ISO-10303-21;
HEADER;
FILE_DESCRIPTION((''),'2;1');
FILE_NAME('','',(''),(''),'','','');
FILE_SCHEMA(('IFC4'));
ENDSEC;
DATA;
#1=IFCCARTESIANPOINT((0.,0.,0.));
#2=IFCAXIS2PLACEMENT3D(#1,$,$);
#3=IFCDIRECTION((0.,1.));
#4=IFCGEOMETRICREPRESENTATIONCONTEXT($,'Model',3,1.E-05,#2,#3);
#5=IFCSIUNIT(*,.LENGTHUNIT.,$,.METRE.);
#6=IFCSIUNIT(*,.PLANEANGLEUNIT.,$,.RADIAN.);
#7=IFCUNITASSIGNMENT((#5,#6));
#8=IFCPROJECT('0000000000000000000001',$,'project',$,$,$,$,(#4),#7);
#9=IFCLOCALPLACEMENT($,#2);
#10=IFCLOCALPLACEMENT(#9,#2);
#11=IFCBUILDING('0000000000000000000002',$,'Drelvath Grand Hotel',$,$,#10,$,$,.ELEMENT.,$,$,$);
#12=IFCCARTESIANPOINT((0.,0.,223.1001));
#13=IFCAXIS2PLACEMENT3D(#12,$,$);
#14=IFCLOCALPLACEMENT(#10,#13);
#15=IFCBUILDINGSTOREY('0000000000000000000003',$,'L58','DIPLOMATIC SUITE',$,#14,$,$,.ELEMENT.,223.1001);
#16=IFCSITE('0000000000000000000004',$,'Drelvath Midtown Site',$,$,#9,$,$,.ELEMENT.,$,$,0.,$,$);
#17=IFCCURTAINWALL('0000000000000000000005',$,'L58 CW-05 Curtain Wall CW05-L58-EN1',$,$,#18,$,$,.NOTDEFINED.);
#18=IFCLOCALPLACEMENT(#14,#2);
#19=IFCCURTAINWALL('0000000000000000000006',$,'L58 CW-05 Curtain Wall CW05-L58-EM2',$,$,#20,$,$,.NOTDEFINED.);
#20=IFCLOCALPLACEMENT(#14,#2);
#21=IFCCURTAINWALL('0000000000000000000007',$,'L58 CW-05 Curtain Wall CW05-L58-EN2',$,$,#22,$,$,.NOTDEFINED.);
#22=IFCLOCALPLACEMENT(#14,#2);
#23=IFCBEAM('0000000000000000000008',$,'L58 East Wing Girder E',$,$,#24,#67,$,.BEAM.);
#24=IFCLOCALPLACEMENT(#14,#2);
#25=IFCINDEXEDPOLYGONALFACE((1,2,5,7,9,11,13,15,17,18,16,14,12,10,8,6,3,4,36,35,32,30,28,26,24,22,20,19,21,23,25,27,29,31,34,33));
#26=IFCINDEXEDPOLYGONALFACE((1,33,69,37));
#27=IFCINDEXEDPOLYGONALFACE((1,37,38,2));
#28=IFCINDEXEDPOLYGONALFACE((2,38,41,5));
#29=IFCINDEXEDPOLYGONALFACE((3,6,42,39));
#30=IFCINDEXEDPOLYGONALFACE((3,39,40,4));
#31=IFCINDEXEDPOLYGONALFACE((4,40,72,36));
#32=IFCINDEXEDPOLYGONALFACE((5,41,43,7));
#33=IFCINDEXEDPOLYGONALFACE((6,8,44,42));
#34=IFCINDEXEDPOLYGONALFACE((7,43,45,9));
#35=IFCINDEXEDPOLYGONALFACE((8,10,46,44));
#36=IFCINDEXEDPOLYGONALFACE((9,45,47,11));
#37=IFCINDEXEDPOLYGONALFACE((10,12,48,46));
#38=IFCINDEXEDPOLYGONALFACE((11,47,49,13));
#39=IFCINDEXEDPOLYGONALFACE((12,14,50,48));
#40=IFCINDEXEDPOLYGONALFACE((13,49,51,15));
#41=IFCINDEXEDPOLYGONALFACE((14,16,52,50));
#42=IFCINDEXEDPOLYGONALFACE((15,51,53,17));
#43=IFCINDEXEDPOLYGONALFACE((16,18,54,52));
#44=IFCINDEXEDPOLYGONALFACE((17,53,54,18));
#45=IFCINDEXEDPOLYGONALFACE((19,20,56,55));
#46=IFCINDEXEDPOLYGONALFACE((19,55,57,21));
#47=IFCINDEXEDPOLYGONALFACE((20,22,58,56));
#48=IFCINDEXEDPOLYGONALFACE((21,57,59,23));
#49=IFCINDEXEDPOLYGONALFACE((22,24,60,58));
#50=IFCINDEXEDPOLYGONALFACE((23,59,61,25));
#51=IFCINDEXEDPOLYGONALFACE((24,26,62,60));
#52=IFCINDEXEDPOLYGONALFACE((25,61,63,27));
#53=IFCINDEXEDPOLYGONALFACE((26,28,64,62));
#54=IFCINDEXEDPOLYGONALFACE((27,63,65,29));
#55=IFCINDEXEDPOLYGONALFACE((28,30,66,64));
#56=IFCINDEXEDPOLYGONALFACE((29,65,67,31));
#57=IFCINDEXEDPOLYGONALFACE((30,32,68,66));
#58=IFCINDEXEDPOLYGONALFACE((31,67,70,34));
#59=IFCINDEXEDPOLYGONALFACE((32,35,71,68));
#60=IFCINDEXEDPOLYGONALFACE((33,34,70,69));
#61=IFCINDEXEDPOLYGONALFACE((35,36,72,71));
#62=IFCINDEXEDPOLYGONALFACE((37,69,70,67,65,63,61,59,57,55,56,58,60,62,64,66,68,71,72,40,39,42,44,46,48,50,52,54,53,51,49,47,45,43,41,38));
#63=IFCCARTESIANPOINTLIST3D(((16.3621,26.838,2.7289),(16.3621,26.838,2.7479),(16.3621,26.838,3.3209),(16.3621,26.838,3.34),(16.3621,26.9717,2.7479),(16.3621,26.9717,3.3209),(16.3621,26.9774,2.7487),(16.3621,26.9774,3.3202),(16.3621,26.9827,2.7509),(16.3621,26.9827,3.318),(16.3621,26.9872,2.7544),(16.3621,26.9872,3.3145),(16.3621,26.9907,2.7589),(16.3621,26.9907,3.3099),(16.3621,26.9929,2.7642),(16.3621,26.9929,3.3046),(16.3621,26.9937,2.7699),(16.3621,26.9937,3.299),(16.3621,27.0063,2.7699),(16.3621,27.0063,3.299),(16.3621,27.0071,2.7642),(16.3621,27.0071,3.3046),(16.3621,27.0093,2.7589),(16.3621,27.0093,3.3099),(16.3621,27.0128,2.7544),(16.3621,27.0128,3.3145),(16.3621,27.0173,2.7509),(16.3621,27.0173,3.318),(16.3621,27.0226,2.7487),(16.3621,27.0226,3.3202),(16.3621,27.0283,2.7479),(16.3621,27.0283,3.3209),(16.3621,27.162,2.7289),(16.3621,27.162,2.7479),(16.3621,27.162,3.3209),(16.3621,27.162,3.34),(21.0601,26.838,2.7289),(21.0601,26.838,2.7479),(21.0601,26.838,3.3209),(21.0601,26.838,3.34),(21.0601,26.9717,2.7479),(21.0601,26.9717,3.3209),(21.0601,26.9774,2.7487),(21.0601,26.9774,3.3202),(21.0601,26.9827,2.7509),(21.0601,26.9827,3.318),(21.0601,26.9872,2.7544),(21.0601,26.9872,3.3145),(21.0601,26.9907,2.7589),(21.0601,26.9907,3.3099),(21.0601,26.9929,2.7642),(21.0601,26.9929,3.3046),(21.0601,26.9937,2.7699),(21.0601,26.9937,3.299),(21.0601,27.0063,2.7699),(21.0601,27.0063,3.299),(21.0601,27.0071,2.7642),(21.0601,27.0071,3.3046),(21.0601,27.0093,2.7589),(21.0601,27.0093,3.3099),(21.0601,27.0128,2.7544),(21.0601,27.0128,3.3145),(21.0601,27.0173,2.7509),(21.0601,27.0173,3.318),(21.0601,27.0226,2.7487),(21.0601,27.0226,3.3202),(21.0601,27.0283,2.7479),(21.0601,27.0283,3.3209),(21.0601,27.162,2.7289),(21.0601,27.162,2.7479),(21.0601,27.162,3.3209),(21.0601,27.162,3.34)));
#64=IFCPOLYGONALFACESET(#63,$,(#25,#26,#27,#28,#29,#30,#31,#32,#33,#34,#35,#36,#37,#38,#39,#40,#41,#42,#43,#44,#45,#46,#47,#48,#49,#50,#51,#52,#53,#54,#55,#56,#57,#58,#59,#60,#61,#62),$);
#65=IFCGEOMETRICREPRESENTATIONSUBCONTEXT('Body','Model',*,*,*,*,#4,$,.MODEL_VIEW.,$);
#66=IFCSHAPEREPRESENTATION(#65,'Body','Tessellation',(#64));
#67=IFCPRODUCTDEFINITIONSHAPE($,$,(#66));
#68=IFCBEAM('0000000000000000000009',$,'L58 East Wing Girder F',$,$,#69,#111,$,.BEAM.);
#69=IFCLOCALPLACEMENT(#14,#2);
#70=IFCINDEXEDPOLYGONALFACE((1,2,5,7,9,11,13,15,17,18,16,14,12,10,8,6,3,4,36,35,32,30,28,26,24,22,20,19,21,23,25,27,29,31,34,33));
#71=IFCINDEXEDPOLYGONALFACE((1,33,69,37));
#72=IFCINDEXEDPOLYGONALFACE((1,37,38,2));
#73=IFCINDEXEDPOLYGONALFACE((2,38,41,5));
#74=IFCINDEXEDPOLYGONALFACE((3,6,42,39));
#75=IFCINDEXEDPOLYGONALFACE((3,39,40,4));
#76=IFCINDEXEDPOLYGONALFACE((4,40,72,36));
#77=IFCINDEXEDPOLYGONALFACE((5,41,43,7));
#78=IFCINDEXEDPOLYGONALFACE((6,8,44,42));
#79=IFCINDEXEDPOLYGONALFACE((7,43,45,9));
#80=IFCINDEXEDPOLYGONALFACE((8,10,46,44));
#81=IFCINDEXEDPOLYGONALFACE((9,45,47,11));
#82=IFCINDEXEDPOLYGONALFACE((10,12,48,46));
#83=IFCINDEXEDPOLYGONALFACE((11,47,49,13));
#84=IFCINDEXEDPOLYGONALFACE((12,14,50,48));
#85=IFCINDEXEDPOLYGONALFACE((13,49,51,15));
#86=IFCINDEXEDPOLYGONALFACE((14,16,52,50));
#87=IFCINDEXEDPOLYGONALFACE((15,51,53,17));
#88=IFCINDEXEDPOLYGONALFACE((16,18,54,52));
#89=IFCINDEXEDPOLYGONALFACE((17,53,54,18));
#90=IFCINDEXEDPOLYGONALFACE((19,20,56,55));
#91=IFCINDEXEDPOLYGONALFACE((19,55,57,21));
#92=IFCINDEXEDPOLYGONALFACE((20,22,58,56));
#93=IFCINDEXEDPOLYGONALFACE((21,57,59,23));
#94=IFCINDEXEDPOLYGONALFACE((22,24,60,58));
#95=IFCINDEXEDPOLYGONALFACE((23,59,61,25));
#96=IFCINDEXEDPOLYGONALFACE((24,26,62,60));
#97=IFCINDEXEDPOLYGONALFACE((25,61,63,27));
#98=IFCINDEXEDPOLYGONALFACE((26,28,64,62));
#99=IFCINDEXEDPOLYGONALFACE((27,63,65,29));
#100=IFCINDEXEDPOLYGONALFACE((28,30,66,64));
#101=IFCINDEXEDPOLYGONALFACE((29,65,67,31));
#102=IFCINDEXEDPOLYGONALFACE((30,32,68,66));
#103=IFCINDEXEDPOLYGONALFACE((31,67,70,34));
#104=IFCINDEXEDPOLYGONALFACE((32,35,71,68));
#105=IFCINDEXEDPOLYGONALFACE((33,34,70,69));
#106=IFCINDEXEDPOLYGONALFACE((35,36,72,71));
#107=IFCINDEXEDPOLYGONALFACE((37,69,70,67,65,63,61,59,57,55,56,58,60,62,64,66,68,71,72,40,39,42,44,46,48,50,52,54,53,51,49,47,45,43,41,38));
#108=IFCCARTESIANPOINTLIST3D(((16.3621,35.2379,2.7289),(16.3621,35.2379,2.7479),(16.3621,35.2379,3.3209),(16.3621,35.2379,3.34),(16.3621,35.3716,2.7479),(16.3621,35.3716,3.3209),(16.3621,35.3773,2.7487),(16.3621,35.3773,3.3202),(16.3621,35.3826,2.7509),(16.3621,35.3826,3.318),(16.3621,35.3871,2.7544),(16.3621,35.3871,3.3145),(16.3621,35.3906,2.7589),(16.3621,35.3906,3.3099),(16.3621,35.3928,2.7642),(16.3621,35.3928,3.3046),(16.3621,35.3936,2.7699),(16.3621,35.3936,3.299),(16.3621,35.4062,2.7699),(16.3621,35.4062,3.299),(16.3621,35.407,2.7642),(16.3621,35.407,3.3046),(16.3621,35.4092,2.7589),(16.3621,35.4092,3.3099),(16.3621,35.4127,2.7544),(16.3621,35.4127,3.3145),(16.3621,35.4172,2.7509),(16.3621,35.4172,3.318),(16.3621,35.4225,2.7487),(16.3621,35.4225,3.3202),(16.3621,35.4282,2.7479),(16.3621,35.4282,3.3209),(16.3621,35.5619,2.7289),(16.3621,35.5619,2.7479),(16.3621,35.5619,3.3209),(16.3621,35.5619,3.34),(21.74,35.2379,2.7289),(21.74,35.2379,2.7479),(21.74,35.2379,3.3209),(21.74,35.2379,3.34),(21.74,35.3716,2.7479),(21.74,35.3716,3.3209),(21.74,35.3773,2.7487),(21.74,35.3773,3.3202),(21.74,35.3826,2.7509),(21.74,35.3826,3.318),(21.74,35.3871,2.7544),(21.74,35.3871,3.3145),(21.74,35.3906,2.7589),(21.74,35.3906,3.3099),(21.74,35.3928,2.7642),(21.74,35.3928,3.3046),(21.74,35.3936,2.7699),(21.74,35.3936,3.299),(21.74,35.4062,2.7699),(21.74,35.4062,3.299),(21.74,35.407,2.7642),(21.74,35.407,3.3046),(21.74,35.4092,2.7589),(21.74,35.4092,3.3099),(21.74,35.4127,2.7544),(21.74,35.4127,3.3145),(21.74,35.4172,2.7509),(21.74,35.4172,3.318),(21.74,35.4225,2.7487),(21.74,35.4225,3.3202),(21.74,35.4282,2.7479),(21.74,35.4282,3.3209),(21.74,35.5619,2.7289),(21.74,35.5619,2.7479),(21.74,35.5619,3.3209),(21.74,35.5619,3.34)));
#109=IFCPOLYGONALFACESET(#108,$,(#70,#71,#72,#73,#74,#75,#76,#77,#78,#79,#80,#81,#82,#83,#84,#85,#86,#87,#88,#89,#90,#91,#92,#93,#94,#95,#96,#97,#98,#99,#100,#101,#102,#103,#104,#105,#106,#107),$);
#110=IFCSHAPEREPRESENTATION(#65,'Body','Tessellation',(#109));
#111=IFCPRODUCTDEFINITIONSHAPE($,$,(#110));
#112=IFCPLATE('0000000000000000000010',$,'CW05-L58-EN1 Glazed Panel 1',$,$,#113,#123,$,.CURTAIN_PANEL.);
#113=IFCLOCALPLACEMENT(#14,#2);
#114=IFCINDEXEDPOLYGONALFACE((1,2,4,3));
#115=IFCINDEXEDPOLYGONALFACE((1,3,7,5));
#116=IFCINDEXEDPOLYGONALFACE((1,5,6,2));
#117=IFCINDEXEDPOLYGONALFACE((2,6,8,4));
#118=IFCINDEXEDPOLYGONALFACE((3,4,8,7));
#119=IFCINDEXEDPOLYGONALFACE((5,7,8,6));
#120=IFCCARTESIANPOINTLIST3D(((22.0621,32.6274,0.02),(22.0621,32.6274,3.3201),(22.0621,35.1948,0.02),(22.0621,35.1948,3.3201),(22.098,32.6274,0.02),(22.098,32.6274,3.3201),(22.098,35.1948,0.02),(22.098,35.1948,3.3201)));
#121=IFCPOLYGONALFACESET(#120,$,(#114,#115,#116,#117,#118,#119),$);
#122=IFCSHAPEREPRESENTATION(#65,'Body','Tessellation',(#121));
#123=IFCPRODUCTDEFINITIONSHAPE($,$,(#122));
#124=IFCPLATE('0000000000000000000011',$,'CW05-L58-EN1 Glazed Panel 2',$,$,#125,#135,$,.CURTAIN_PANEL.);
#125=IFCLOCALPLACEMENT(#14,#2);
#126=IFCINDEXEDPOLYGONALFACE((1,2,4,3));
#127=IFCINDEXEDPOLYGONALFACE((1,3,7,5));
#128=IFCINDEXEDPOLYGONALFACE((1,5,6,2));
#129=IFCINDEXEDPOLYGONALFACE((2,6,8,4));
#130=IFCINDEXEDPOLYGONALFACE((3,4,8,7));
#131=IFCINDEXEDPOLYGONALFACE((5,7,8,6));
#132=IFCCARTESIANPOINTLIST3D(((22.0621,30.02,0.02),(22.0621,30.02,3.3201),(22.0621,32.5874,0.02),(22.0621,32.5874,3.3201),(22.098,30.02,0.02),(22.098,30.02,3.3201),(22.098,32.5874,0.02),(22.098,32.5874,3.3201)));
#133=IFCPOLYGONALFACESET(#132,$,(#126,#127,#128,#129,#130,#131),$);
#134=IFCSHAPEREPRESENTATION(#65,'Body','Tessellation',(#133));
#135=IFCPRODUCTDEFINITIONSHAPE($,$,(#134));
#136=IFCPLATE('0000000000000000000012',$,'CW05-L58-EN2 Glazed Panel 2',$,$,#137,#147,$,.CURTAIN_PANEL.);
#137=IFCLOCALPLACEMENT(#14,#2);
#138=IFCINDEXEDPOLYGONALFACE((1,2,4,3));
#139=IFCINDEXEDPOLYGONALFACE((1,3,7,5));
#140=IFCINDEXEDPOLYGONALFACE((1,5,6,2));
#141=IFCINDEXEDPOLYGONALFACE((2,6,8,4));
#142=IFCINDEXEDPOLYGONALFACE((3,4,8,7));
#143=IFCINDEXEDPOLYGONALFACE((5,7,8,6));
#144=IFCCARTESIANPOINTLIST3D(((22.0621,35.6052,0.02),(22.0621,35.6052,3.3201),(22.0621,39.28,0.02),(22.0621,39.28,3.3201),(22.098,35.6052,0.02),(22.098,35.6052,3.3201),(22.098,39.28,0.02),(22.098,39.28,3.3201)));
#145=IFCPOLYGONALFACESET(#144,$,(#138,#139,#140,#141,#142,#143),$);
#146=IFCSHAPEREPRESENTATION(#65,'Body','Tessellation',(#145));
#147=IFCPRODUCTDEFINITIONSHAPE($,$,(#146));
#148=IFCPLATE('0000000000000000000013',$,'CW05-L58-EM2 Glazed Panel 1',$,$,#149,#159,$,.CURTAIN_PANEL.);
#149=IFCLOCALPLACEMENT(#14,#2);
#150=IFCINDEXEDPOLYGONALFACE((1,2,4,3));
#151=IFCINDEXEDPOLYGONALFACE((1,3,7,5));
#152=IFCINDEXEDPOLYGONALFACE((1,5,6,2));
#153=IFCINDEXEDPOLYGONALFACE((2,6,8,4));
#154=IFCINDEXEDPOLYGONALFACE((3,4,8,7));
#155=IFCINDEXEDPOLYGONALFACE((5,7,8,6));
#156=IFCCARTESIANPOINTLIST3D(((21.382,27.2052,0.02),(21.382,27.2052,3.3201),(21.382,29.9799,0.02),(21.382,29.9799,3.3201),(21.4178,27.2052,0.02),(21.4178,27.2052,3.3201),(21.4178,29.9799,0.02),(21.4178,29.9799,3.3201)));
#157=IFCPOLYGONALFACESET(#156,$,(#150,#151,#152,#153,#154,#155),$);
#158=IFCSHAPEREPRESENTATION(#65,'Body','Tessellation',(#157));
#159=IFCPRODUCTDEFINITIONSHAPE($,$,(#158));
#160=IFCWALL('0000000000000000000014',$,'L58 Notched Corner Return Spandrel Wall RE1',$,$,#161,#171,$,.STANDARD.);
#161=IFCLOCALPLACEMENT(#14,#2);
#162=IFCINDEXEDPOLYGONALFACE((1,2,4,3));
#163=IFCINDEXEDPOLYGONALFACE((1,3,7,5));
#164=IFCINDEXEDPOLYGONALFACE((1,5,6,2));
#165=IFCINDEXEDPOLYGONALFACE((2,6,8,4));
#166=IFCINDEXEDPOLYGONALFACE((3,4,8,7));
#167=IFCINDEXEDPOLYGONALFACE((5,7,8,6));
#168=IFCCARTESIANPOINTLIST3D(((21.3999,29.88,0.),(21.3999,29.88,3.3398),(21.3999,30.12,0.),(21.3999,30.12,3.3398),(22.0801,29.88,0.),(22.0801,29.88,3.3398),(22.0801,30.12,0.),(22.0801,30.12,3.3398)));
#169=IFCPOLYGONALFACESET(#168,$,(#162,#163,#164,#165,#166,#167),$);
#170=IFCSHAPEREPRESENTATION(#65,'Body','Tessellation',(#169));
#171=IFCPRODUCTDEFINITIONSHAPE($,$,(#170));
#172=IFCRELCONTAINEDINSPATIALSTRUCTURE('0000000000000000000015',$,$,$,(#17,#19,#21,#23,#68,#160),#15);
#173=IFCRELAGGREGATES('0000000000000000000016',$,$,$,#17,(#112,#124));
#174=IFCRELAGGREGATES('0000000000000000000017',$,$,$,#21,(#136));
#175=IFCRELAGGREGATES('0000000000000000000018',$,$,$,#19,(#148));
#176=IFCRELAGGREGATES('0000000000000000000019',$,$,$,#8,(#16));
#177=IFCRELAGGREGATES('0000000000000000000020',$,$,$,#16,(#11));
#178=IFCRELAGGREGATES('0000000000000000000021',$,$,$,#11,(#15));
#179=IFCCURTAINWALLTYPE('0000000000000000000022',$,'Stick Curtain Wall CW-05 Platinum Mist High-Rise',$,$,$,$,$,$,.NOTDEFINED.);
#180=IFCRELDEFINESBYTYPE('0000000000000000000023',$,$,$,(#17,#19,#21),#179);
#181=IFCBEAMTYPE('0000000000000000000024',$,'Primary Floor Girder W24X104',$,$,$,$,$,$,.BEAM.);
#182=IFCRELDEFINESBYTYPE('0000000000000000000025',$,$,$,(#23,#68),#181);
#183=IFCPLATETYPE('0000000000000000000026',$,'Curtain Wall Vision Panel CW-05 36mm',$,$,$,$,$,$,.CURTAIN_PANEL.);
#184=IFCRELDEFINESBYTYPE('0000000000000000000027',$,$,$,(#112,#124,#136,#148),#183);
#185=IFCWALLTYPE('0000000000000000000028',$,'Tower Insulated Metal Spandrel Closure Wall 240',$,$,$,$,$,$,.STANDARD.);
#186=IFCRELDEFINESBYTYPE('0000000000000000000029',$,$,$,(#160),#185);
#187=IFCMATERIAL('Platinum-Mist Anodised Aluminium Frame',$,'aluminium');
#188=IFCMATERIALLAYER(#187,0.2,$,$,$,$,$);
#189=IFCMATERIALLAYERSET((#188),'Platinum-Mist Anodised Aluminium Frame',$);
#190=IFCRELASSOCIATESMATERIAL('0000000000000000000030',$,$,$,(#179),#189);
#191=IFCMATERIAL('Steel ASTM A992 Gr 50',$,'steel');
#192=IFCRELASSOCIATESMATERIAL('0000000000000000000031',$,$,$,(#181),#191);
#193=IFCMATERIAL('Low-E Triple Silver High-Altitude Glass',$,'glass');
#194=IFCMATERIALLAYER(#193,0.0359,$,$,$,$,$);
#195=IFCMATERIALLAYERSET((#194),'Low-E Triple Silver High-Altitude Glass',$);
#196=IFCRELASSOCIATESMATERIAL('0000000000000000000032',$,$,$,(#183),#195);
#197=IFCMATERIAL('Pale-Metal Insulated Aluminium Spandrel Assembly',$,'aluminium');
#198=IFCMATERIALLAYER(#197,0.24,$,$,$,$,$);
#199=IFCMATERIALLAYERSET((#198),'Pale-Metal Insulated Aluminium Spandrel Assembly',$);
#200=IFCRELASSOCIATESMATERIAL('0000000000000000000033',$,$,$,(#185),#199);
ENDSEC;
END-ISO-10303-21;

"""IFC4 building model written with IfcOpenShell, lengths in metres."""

from ifc_helpers import new_model, si_unit, direction, frame, frame_2d, origin, origin_2d, place, context, subcontext, project, spatial, rectangle, i_section, extrude, material, layer, layer_set, material_profile, profile_set, type_object, element, aggregate, save


model = new_model("IFC4")

# Units and contexts
model_context = context("Model", 3, precision=1e-05, world=origin(), true_north=direction((0.0, 1.0)))
body_context = subcontext(model_context, "Body", "Model", "MODEL_VIEW")
ifc_project = project(units=[si_unit("LENGTHUNIT", "METRE"), si_unit("PLANEANGLEUNIT", "RADIAN")], contexts=[model_context])

# Site, building, storey
site_placement = place(None, origin())
site = spatial("IfcSite", under=ifc_project, at=site_placement, Name="Drelvath Midtown Site", CompositionType="ELEMENT", RefElevation=0.0)
building_placement = place(site_placement, origin())
building = spatial("IfcBuilding", under=site, at=building_placement, Name="Drelvath Grand Hotel", CompositionType="ELEMENT")
storey_placement = place(building_placement, frame((0.0, 0.0, 223.1001)))
storey = spatial("IfcBuildingStorey", under=building, at=storey_placement, Name="L58", Description="DIPLOMATIC SUITE", CompositionType="ELEMENT", Elevation=223.1001)

# Curtain walls
ifc_material_1 = material(Name="Platinum-Mist Anodised Aluminium Frame", Category="aluminium")
ifc_layer_1 = layer(ifc_material_1, 0.2)
ifc_layer_set_1 = layer_set([ifc_layer_1], Name="Platinum-Mist Anodised Aluminium Frame")
curtain_wall_type = type_object("IfcCurtainWallType", Name="Stick Curtain Wall CW-05 Platinum Mist High-Rise", PredefinedType="NOTDEFINED", material=ifc_layer_set_1)
curtain_wall_1_placement = place(storey_placement, origin())
curtain_wall_1 = element("IfcCurtainWall", 1, at=curtain_wall_1_placement, inside=storey, type_object=curtain_wall_type, Name="L58 CW-05 Curtain Wall CW05-L58-EN1", PredefinedType="NOTDEFINED")
curtain_wall_2_placement = place(storey_placement, origin())
curtain_wall_2 = element("IfcCurtainWall", 2, at=curtain_wall_2_placement, inside=storey, type_object=curtain_wall_type, Name="L58 CW-05 Curtain Wall CW05-L58-EM2", PredefinedType="NOTDEFINED")

# Curtain wall
curtain_wall_3_placement = place(storey_placement, origin())
curtain_wall_3 = element("IfcCurtainWall", 3, at=curtain_wall_3_placement, inside=storey, type_object=curtain_wall_type, Name="L58 CW-05 Curtain Wall CW05-L58-EN2", PredefinedType="NOTDEFINED")

# Beams
ifc_material_2 = material(Name="Steel ASTM A992 Gr 50", Category="steel")
ifc_material_profile_1 = material_profile(ifc_material_2, i_section(OverallWidth=0.324, OverallDepth=0.6111, WebThickness=0.0127, FlangeThickness=0.019, FilletRadius=0.022, at=origin_2d()), Name="W24X104")
ifc_profile_set_1 = profile_set([ifc_material_profile_1], Name="Steel ASTM A992 Gr 50")
beam_type_1 = type_object("IfcBeamType", Name="Primary Floor Girder W24X104", PredefinedType="BEAM", material=ifc_profile_set_1)
beam_1_placement = place(storey_placement, frame((16.3621, 27.0, 3.0344), z_axis=(1.0, 0.0, 0.0), x_axis=(0.0, 1.0, 0.0)))
element("IfcBeam", 4, at=beam_1_placement, inside=storey, type_object=beam_type_1, Name="L58 East Wing Girder E", PredefinedType="BEAM", context=body_context, shape_type="SweptSolid", body=[
    extrude(i_section(OverallWidth=0.324, OverallDepth=0.6111, WebThickness=0.0127, FlangeThickness=0.019, FilletRadius=0.022, at=origin_2d()), origin(), (0.0, 0.0, 1.0), 4.698),
])
beam_2_placement = place(storey_placement, frame((16.3621, 35.3999, 3.0344), z_axis=(1.0, 0.0, 0.0), x_axis=(0.0, 1.0, 0.0)))
element("IfcBeam", 5, at=beam_2_placement, inside=storey, type_object=beam_type_1, Name="L58 East Wing Girder F", PredefinedType="BEAM", context=body_context, shape_type="SweptSolid", body=[
    extrude(i_section(OverallWidth=0.324, OverallDepth=0.6111, WebThickness=0.0127, FlangeThickness=0.019, FilletRadius=0.022, at=origin_2d()), origin(), (0.0, 0.0, 1.0), 5.3779),
])

# Plates
ifc_material_3 = material(Name="Low-E Triple Silver High-Altitude Glass", Category="glass")
ifc_layer_2 = layer(ifc_material_3, 0.0359)
ifc_layer_set_2 = layer_set([ifc_layer_2], Name="Low-E Triple Silver High-Altitude Glass")
plate_type = type_object("IfcPlateType", Name="Curtain Wall Vision Panel CW-05 36mm", PredefinedType="CURTAIN_PANEL", material=ifc_layer_set_2)
plate_1_placement = place(storey_placement, frame((22.0801, 33.9111, 0.02), z_axis=(0.0, 0.0, 1.0), x_axis=(0.0, -1.0, 0.0)))
plate_1 = element("IfcPlate", 6, at=plate_1_placement, type_object=plate_type, Name="CW05-L58-EN1 Glazed Panel 1", PredefinedType="CURTAIN_PANEL", context=body_context, shape_type="SweptSolid", body=[
    extrude(rectangle(XDim=2.5674, YDim=0.0359, at=origin_2d()), origin(), (0.0, 0.0, 1.0), 3.3),
])
plate_2_placement = place(storey_placement, frame((22.0801, 31.3037, 0.02), z_axis=(0.0, 0.0, 1.0), x_axis=(0.0, -1.0, 0.0)))
plate_2 = element("IfcPlate", 7, at=plate_2_placement, type_object=plate_type, Name="CW05-L58-EN1 Glazed Panel 2", PredefinedType="CURTAIN_PANEL", context=body_context, shape_type="SweptSolid", body=[
    extrude(rectangle(XDim=2.5674, YDim=0.0359, at=origin_2d()), origin(), (0.0, 0.0, 1.0), 3.3),
])
aggregate(curtain_wall_1, [plate_1, plate_2])
plate_3_placement = place(storey_placement, frame((22.0801, 37.4426, 0.02), z_axis=(0.0, 0.0, 1.0), x_axis=(0.0, -1.0, 0.0)))
plate_3 = element("IfcPlate", 8, at=plate_3_placement, type_object=plate_type, Name="CW05-L58-EN2 Glazed Panel 2", PredefinedType="CURTAIN_PANEL", context=body_context, shape_type="SweptSolid", body=[
    extrude(rectangle(XDim=3.6748, YDim=0.0359, at=origin_2d()), origin(), (0.0, 0.0, 1.0), 3.3),
])
aggregate(curtain_wall_3, [plate_3])
plate_4_placement = place(storey_placement, frame((21.3999, 28.5925, 0.02), z_axis=(0.0, 0.0, 1.0), x_axis=(0.0, -1.0, 0.0)))
plate_4 = element("IfcPlate", 9, at=plate_4_placement, type_object=plate_type, Name="CW05-L58-EM2 Glazed Panel 1", PredefinedType="CURTAIN_PANEL", context=body_context, shape_type="SweptSolid", body=[
    extrude(rectangle(XDim=2.7747, YDim=0.0359, at=origin_2d()), origin(), (0.0, 0.0, 1.0), 3.3),
])
aggregate(curtain_wall_2, [plate_4])

# Wall
ifc_material_4 = material(Name="Pale-Metal Insulated Aluminium Spandrel Assembly", Category="aluminium")
ifc_layer_3 = layer(ifc_material_4, 0.24)
ifc_layer_set_3 = layer_set([ifc_layer_3], Name="Pale-Metal Insulated Aluminium Spandrel Assembly")
wall_type = type_object("IfcWallType", Name="Tower Insulated Metal Spandrel Closure Wall 240", PredefinedType="STANDARD", material=ifc_layer_set_3)
wall_placement = place(storey_placement, frame((22.0801, 30.0, 0.0), z_axis=(0.0, 0.0, 1.0), x_axis=(-1.0, 0.0, 0.0)))
element("IfcWall", 10, at=wall_placement, inside=storey, type_object=wall_type, Name="L58 Notched Corner Return Spandrel Wall RE1", PredefinedType="STANDARD", context=body_context, shape_type="SweptSolid", body=[
    extrude(rectangle(XDim=0.6802, YDim=0.24, at=frame_2d((0.3401, 0.0))), origin(), (0.0, 0.0, 1.0), 3.3398),
])

save(model, "model.ifc")
